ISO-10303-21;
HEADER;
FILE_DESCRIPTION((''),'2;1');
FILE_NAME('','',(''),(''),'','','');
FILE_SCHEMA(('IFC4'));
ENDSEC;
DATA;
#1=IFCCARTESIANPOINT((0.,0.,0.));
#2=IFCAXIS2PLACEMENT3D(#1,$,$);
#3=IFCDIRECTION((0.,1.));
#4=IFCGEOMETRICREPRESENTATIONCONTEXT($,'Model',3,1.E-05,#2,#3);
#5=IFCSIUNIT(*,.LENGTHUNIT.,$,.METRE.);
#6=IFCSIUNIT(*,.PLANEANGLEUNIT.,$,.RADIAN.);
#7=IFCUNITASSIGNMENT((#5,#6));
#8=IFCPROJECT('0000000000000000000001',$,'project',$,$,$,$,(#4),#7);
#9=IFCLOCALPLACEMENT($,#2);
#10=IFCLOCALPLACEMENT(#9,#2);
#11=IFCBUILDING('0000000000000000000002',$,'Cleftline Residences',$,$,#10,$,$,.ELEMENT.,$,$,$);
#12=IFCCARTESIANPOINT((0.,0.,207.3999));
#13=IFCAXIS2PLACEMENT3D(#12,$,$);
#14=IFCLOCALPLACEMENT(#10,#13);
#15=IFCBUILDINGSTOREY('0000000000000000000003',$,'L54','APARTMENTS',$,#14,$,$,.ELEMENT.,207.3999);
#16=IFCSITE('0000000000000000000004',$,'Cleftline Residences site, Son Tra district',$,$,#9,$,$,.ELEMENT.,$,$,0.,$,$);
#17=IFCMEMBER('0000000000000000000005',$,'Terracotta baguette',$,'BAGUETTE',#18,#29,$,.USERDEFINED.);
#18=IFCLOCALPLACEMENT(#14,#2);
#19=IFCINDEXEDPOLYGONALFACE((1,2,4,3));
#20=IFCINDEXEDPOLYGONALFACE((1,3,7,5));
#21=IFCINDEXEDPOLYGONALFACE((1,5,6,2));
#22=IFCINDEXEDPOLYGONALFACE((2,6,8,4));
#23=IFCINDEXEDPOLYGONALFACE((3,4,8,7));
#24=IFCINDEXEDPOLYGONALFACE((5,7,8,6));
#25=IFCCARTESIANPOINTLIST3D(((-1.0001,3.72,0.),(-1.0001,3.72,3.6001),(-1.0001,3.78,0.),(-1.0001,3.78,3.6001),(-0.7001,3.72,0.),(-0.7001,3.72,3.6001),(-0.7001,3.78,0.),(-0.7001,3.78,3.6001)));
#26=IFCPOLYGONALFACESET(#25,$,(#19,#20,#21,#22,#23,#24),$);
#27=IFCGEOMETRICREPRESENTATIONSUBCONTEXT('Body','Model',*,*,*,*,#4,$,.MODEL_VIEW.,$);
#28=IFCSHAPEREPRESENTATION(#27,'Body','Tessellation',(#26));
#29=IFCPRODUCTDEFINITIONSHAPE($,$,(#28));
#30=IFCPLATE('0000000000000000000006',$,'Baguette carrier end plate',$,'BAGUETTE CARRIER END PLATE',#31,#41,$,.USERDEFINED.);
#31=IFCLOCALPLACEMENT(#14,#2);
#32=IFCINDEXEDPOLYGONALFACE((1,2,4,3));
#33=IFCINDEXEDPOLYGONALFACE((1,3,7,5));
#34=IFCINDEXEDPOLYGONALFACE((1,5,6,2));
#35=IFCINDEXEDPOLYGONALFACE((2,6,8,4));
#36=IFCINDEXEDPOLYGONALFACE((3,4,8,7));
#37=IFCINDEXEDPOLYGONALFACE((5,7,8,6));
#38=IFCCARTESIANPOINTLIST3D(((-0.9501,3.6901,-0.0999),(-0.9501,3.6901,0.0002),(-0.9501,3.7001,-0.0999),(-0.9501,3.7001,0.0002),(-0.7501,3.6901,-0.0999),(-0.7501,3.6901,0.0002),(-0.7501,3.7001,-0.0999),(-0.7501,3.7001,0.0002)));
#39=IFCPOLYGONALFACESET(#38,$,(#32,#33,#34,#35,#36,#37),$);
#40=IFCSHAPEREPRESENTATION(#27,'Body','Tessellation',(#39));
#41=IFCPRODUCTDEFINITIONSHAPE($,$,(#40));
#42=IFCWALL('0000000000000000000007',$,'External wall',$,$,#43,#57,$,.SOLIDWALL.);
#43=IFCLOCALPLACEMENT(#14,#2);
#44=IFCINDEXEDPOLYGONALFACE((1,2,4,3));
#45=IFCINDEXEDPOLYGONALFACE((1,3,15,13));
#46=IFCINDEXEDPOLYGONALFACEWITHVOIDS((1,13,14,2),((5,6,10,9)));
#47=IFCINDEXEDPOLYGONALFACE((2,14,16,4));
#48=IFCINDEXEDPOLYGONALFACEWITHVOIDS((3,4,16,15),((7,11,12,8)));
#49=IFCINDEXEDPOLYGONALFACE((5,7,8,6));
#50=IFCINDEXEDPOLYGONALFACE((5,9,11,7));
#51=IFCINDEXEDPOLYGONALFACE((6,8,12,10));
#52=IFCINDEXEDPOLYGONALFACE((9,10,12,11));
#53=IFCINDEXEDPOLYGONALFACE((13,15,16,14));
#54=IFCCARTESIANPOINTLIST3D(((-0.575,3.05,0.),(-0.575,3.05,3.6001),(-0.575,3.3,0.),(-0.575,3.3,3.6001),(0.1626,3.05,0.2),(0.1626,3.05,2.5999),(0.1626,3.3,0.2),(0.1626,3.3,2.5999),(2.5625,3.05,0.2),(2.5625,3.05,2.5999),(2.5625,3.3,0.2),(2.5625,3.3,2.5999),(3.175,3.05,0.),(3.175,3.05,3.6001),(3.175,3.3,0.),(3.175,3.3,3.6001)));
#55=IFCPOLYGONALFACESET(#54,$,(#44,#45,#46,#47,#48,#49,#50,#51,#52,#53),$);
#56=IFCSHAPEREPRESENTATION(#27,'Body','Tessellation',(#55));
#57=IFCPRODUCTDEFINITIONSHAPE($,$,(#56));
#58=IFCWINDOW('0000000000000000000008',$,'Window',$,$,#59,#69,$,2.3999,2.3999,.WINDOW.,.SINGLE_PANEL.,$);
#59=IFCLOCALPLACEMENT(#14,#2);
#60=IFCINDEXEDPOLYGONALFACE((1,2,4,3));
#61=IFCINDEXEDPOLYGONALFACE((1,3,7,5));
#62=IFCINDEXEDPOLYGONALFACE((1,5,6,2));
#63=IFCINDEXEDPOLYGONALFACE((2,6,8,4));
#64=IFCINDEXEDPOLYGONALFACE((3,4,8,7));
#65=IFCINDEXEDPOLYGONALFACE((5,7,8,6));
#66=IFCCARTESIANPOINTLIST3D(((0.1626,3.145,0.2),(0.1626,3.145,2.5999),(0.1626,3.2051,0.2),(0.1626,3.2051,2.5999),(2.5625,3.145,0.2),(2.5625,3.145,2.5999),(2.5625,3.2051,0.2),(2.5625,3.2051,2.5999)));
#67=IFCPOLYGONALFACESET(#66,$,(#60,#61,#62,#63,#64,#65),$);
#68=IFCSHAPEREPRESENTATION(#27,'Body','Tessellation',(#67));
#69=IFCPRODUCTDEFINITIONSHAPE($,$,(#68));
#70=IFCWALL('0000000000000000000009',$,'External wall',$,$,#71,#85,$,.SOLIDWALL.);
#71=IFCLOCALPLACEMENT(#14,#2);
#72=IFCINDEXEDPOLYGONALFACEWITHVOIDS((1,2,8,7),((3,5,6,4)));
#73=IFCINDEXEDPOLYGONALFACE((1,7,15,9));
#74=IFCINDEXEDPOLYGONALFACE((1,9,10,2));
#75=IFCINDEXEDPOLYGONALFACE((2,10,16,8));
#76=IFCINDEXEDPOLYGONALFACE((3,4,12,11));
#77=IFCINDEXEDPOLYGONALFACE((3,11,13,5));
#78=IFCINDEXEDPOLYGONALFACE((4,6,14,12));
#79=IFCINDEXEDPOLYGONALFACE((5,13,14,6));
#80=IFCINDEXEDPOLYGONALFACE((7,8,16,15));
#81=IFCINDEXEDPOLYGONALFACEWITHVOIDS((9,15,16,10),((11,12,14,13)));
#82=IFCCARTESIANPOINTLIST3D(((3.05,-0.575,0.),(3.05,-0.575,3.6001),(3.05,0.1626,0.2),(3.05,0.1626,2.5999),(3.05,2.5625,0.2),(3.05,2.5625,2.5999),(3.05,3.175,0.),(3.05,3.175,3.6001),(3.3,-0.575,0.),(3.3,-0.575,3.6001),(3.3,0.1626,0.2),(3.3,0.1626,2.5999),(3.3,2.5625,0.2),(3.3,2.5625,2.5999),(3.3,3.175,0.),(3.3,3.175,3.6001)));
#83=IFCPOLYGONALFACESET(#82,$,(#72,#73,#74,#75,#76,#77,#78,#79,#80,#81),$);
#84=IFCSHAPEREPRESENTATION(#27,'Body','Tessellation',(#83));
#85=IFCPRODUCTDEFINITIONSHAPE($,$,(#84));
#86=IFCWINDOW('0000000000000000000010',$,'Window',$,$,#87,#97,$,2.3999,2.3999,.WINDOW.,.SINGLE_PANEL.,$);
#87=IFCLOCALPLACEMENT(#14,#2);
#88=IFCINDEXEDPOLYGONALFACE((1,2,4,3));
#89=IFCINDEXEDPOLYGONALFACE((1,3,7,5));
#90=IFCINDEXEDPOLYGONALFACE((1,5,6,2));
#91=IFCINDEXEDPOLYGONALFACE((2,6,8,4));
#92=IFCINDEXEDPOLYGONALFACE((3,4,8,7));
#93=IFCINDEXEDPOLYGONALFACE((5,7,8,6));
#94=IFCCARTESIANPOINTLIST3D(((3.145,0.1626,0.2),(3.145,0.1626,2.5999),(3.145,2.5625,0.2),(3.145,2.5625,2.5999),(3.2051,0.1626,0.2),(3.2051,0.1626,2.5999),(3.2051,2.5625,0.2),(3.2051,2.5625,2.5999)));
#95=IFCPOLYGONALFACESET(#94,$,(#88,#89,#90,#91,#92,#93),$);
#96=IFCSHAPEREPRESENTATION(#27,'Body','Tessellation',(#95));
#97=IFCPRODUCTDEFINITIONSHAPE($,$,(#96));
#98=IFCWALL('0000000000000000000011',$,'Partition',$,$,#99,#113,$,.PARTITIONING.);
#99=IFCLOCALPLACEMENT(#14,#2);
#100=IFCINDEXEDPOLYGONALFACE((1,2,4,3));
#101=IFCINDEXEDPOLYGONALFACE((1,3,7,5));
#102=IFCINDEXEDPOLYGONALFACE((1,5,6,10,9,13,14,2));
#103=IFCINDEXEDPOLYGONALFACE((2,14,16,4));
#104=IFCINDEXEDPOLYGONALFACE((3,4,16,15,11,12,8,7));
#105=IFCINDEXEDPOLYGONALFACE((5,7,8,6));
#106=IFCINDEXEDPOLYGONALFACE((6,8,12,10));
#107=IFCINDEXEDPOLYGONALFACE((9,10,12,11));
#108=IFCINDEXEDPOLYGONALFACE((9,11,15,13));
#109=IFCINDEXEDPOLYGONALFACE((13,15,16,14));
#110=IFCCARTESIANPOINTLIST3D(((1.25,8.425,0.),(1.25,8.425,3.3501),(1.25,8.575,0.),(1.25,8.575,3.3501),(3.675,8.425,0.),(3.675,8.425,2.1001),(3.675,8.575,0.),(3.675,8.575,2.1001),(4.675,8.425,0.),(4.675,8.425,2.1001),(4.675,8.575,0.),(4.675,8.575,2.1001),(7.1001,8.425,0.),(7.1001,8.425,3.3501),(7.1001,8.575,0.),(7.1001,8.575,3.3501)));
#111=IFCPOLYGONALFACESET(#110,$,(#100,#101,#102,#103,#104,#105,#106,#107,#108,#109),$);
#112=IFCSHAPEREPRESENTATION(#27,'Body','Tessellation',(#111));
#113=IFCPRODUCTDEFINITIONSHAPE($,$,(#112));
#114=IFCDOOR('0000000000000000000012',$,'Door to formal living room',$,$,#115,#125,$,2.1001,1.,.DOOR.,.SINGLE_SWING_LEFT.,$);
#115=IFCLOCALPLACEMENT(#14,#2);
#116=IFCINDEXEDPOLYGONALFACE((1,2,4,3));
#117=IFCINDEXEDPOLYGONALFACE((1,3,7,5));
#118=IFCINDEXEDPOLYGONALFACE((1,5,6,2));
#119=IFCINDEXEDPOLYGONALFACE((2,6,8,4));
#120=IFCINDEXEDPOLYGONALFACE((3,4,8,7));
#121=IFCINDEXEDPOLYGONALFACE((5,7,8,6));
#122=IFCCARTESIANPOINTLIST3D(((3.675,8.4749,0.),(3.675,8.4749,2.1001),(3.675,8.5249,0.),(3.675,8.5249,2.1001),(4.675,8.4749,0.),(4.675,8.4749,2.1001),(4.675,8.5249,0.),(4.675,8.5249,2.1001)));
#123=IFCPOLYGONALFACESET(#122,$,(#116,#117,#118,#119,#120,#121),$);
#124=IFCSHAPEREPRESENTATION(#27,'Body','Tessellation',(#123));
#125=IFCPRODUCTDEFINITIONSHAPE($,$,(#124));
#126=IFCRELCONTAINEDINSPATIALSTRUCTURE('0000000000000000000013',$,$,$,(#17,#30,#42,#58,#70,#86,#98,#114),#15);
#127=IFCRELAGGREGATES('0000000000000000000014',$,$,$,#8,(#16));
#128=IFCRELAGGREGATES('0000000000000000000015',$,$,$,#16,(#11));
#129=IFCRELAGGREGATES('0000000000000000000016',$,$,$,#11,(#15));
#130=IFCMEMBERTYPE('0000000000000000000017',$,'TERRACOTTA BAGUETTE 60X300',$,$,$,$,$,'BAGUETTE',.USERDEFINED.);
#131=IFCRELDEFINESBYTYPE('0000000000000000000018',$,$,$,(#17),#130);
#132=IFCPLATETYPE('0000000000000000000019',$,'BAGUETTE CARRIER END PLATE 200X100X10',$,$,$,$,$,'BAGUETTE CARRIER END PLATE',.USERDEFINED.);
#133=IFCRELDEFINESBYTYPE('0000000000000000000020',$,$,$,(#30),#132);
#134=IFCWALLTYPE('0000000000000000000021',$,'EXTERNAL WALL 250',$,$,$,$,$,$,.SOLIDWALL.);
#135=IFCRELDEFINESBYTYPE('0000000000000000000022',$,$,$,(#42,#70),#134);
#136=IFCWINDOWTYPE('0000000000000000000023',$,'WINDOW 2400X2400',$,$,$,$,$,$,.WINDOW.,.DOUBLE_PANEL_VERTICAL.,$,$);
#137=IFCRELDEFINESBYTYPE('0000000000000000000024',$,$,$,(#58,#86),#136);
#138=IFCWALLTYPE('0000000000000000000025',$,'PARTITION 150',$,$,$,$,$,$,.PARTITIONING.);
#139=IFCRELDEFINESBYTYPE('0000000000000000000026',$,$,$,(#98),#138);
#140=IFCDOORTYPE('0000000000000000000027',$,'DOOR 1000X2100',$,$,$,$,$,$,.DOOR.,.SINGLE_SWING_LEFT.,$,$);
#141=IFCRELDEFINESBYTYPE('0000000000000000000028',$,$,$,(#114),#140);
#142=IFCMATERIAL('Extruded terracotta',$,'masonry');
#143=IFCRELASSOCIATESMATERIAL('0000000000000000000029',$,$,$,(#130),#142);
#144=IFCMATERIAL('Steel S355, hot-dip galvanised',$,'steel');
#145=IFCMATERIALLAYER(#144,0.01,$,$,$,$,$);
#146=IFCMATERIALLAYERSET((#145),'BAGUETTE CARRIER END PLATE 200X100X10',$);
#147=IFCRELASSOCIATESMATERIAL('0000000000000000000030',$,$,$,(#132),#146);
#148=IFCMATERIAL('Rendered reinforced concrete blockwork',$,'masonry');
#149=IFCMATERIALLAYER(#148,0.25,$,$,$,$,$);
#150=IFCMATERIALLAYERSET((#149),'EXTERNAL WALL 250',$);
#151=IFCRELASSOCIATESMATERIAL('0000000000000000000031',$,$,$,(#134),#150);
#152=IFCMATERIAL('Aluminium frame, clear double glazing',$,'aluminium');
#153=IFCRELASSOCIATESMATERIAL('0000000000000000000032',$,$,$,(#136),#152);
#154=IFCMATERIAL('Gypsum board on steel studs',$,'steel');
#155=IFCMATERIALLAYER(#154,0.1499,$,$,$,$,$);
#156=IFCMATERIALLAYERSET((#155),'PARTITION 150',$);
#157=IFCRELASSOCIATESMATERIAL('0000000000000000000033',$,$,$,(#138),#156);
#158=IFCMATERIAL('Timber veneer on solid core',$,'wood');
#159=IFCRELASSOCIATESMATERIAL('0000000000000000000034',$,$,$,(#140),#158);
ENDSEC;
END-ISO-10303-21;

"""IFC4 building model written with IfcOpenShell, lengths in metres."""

from ifc_helpers import new_model, si_unit, direction, frame, frame_2d, origin, origin_2d, place, context, subcontext, project, spatial, rectangle, extrude, material, layer, layer_set, material_profile, profile_set, type_object, element, fill, save


model = new_model("IFC4")

# Units and contexts
model_context = context("Model", 3, precision=1e-05, world=origin(), true_north=direction((0.0, 1.0)))
body_context = subcontext(model_context, "Body", "Model", "MODEL_VIEW")
ifc_project = project(units=[si_unit("LENGTHUNIT", "METRE"), si_unit("PLANEANGLEUNIT", "RADIAN")], contexts=[model_context])

# Site, building, storey
site_placement = place(None, origin())
site = spatial("IfcSite", under=ifc_project, at=site_placement, Name="Cleftline Residences site, Son Tra district", CompositionType="ELEMENT", RefElevation=0.0)
building_placement = place(site_placement, origin())
building = spatial("IfcBuilding", under=site, at=building_placement, Name="Cleftline Residences", CompositionType="ELEMENT")
storey_placement = place(building_placement, frame((0.0, 0.0, 207.3999)))
storey = spatial("IfcBuildingStorey", under=building, at=storey_placement, Name="L54", Description="APARTMENTS", CompositionType="ELEMENT", Elevation=207.3999)

# Member
ifc_material_1 = material(Name="Extruded terracotta", Category="masonry")
ifc_material_profile_1 = material_profile(ifc_material_1, rectangle(XDim=0.0601, YDim=0.3, at=origin_2d()))
ifc_profile_set_1 = profile_set([ifc_material_profile_1], Name="Extruded terracotta")
member_type_1 = type_object("IfcMemberType", Name="TERRACOTTA BAGUETTE 60X300", ElementType="BAGUETTE", PredefinedType="USERDEFINED", material=ifc_profile_set_1)
for number, where, z_axis, x_axis, name in (
    (1, (-0.8501, 3.75, 0.0), (0.0, 0.0, 1.0), (0.0, 1.0, 0.0), "Terracotta baguette"),
):
    element("IfcMember", number, at=place(storey_placement, frame(where, z_axis=z_axis, x_axis=x_axis)), inside=storey, type_object=member_type_1, Name=name, ObjectType="BAGUETTE", PredefinedType="USERDEFINED", context=body_context, shape_type="SweptSolid", body=[
        extrude(rectangle(XDim=0.0601, YDim=0.3, at=origin_2d()), origin(), (0.0, 0.0, 1.0), 3.6001),
    ])

# Plate
ifc_material_2 = material(Name="Steel S355, hot-dip galvanised", Category="steel")
ifc_layer_1 = layer(ifc_material_2, 0.01)
ifc_layer_set_1 = layer_set([ifc_layer_1], Name="BAGUETTE CARRIER END PLATE 200X100X10")
plate_type = type_object("IfcPlateType", Name="BAGUETTE CARRIER END PLATE 200X100X10", ElementType="BAGUETTE CARRIER END PLATE", PredefinedType="USERDEFINED", material=ifc_layer_set_1)
plate_placement = place(storey_placement, frame((-0.8501, 3.6951, -0.0999), z_axis=(0.0, 0.0, 1.0), x_axis=(-1.0, 0.0, 0.0)))
element("IfcPlate", 2, at=plate_placement, inside=storey, type_object=plate_type, Name="Baguette carrier end plate", ObjectType="BAGUETTE CARRIER END PLATE", PredefinedType="USERDEFINED", context=body_context, shape_type="SweptSolid", body=[
    extrude(rectangle(XDim=0.2, YDim=0.01, at=origin_2d()), origin(), (0.0, 0.0, 1.0), 0.1001),
])

# Walls, openings, windows
ifc_material_3 = material(Name="Rendered reinforced concrete blockwork", Category="masonry")
ifc_layer_2 = layer(ifc_material_3, 0.25)
ifc_layer_set_2 = layer_set([ifc_layer_2], Name="EXTERNAL WALL 250")
wall_type_1 = type_object("IfcWallType", Name="EXTERNAL WALL 250", PredefinedType="SOLIDWALL", material=ifc_layer_set_2)
wall_1_placement = place(storey_placement, frame((-0.575, 3.175, 0.0), z_axis=(0.0, 0.0, 1.0), x_axis=(1.0, 0.0, 0.0)))
wall_1 = element("IfcWall", 3, at=wall_1_placement, inside=storey, type_object=wall_type_1, Name="External wall", PredefinedType="SOLIDWALL", context=body_context, shape_type="SweptSolid", body=[
    extrude(rectangle(XDim=3.75, YDim=0.25, at=frame_2d((1.875, 0.0))), origin(), (0.0, 0.0, 1.0), 3.6001),
])
opening_1_placement = place(wall_1_placement, frame((0.7375, 0.0, 0.2)))
opening_1 = element("IfcOpeningElement", 4, at=opening_1_placement, cuts=wall_1, PredefinedType="OPENING", context=body_context, shape_type="SweptSolid", body=[
    extrude(rectangle(XDim=2.3999, YDim=2.3999, at=frame_2d((1.2, 1.2))), frame((0.0, 0.135, 0.0), z_axis=(0.0, -1.0, 0.0), x_axis=(1.0, 0.0, 0.0)), (0.0, 0.0, 1.0), 0.27),
])
ifc_material_4 = material(Name="Aluminium frame, clear double glazing", Category="aluminium")
window_type = type_object("IfcWindowType", Name="WINDOW 2400X2400", PartitioningType="DOUBLE_PANEL_VERTICAL", PredefinedType="WINDOW", material=ifc_material_4)
window_1_placement = place(opening_1_placement, origin())
window_1 = element("IfcWindow", 5, at=window_1_placement, inside=storey, type_object=window_type, Name="Window", OverallHeight=2.3999, OverallWidth=2.3999, PartitioningType="SINGLE_PANEL", PredefinedType="WINDOW", context=body_context, shape_type="SweptSolid", body=[
    extrude(rectangle(XDim=2.3999, YDim=2.3999, at=frame_2d((1.2, 1.2))), frame((0.0, 0.03, 0.0), z_axis=(0.0, -1.0, 0.0), x_axis=(1.0, 0.0, 0.0)), (0.0, 0.0, 1.0), 0.0601),
])
fill(opening_1, window_1)
wall_2_placement = place(storey_placement, frame((3.175, 3.175, 0.0), z_axis=(0.0, 0.0, 1.0), x_axis=(0.0, -1.0, 0.0)))
wall_2 = element("IfcWall", 6, at=wall_2_placement, inside=storey, type_object=wall_type_1, Name="External wall", PredefinedType="SOLIDWALL", context=body_context, shape_type="SweptSolid", body=[
    extrude(rectangle(XDim=3.75, YDim=0.25, at=frame_2d((1.875, 0.0))), origin(), (0.0, 0.0, 1.0), 3.6001),
])
opening_2_placement = place(wall_2_placement, frame((0.6125, 0.0, 0.2)))
opening_2 = element("IfcOpeningElement", 7, at=opening_2_placement, cuts=wall_2, PredefinedType="OPENING", context=body_context, shape_type="SweptSolid", body=[
    extrude(rectangle(XDim=2.3999, YDim=2.3999, at=frame_2d((1.2, 1.2))), frame((0.0, 0.135, 0.0), z_axis=(0.0, -1.0, 0.0), x_axis=(1.0, 0.0, 0.0)), (0.0, 0.0, 1.0), 0.27),
])
window_2_placement = place(opening_2_placement, origin())
window_2 = element("IfcWindow", 8, at=window_2_placement, inside=storey, type_object=window_type, Name="Window", OverallHeight=2.3999, OverallWidth=2.3999, PartitioningType="SINGLE_PANEL", PredefinedType="WINDOW", context=body_context, shape_type="SweptSolid", body=[
    extrude(rectangle(XDim=2.3999, YDim=2.3999, at=frame_2d((1.2, 1.2))), frame((0.0, 0.03, 0.0), z_axis=(0.0, -1.0, 0.0), x_axis=(1.0, 0.0, 0.0)), (0.0, 0.0, 1.0), 0.0601),
])
fill(opening_2, window_2)

# Wall, opening, door
ifc_material_5 = material(Name="Gypsum board on steel studs", Category="steel")
ifc_layer_3 = layer(ifc_material_5, 0.1499)
ifc_layer_set_3 = layer_set([ifc_layer_3], Name="PARTITION 150")
wall_type_2 = type_object("IfcWallType", Name="PARTITION 150", PredefinedType="PARTITIONING", material=ifc_layer_set_3)
wall_3_placement = place(storey_placement, frame((1.25, 8.5, 0.0), z_axis=(0.0, 0.0, 1.0), x_axis=(1.0, 0.0, 0.0)))
wall_3 = element("IfcWall", 9, at=wall_3_placement, inside=storey, type_object=wall_type_2, Name="Partition", PredefinedType="PARTITIONING", context=body_context, shape_type="SweptSolid", body=[
    extrude(rectangle(XDim=5.8501, YDim=0.1499, at=frame_2d((2.925, 0.0))), origin(), (0.0, 0.0, 1.0), 3.3501),
])
opening_3_placement = place(wall_3_placement, frame((2.425, 0.0, 0.0)))
opening_3 = element("IfcOpeningElement", 10, at=opening_3_placement, cuts=wall_3, PredefinedType="OPENING", context=body_context, shape_type="SweptSolid", body=[
    extrude(rectangle(XDim=1.0, YDim=2.1001, at=frame_2d((0.5, 1.05))), frame((0.0, 0.085, 0.0), z_axis=(0.0, -1.0, 0.0), x_axis=(1.0, 0.0, 0.0)), (0.0, 0.0, 1.0), 0.1699),
])
ifc_material_6 = material(Name="Timber veneer on solid core", Category="wood")
door_type = type_object("IfcDoorType", Name="DOOR 1000X2100", OperationType="SINGLE_SWING_LEFT", PredefinedType="DOOR", material=ifc_material_6)
door_placement = place(opening_3_placement, origin())
door = element("IfcDoor", 11, at=door_placement, inside=storey, type_object=door_type, Name="Door to formal living room", OperationType="SINGLE_SWING_LEFT", OverallHeight=2.1001, OverallWidth=1.0, PredefinedType="DOOR", context=body_context, shape_type="SweptSolid", body=[
    extrude(rectangle(XDim=1.0, YDim=2.1001, at=frame_2d((0.5, 1.05))), frame((0.0, 0.0249, 0.0), z_axis=(0.0, -1.0, 0.0), x_axis=(1.0, 0.0, 0.0)), (0.0, 0.0, 1.0), 0.05),
])
fill(opening_3, door)

save(model, "model.ifc")
